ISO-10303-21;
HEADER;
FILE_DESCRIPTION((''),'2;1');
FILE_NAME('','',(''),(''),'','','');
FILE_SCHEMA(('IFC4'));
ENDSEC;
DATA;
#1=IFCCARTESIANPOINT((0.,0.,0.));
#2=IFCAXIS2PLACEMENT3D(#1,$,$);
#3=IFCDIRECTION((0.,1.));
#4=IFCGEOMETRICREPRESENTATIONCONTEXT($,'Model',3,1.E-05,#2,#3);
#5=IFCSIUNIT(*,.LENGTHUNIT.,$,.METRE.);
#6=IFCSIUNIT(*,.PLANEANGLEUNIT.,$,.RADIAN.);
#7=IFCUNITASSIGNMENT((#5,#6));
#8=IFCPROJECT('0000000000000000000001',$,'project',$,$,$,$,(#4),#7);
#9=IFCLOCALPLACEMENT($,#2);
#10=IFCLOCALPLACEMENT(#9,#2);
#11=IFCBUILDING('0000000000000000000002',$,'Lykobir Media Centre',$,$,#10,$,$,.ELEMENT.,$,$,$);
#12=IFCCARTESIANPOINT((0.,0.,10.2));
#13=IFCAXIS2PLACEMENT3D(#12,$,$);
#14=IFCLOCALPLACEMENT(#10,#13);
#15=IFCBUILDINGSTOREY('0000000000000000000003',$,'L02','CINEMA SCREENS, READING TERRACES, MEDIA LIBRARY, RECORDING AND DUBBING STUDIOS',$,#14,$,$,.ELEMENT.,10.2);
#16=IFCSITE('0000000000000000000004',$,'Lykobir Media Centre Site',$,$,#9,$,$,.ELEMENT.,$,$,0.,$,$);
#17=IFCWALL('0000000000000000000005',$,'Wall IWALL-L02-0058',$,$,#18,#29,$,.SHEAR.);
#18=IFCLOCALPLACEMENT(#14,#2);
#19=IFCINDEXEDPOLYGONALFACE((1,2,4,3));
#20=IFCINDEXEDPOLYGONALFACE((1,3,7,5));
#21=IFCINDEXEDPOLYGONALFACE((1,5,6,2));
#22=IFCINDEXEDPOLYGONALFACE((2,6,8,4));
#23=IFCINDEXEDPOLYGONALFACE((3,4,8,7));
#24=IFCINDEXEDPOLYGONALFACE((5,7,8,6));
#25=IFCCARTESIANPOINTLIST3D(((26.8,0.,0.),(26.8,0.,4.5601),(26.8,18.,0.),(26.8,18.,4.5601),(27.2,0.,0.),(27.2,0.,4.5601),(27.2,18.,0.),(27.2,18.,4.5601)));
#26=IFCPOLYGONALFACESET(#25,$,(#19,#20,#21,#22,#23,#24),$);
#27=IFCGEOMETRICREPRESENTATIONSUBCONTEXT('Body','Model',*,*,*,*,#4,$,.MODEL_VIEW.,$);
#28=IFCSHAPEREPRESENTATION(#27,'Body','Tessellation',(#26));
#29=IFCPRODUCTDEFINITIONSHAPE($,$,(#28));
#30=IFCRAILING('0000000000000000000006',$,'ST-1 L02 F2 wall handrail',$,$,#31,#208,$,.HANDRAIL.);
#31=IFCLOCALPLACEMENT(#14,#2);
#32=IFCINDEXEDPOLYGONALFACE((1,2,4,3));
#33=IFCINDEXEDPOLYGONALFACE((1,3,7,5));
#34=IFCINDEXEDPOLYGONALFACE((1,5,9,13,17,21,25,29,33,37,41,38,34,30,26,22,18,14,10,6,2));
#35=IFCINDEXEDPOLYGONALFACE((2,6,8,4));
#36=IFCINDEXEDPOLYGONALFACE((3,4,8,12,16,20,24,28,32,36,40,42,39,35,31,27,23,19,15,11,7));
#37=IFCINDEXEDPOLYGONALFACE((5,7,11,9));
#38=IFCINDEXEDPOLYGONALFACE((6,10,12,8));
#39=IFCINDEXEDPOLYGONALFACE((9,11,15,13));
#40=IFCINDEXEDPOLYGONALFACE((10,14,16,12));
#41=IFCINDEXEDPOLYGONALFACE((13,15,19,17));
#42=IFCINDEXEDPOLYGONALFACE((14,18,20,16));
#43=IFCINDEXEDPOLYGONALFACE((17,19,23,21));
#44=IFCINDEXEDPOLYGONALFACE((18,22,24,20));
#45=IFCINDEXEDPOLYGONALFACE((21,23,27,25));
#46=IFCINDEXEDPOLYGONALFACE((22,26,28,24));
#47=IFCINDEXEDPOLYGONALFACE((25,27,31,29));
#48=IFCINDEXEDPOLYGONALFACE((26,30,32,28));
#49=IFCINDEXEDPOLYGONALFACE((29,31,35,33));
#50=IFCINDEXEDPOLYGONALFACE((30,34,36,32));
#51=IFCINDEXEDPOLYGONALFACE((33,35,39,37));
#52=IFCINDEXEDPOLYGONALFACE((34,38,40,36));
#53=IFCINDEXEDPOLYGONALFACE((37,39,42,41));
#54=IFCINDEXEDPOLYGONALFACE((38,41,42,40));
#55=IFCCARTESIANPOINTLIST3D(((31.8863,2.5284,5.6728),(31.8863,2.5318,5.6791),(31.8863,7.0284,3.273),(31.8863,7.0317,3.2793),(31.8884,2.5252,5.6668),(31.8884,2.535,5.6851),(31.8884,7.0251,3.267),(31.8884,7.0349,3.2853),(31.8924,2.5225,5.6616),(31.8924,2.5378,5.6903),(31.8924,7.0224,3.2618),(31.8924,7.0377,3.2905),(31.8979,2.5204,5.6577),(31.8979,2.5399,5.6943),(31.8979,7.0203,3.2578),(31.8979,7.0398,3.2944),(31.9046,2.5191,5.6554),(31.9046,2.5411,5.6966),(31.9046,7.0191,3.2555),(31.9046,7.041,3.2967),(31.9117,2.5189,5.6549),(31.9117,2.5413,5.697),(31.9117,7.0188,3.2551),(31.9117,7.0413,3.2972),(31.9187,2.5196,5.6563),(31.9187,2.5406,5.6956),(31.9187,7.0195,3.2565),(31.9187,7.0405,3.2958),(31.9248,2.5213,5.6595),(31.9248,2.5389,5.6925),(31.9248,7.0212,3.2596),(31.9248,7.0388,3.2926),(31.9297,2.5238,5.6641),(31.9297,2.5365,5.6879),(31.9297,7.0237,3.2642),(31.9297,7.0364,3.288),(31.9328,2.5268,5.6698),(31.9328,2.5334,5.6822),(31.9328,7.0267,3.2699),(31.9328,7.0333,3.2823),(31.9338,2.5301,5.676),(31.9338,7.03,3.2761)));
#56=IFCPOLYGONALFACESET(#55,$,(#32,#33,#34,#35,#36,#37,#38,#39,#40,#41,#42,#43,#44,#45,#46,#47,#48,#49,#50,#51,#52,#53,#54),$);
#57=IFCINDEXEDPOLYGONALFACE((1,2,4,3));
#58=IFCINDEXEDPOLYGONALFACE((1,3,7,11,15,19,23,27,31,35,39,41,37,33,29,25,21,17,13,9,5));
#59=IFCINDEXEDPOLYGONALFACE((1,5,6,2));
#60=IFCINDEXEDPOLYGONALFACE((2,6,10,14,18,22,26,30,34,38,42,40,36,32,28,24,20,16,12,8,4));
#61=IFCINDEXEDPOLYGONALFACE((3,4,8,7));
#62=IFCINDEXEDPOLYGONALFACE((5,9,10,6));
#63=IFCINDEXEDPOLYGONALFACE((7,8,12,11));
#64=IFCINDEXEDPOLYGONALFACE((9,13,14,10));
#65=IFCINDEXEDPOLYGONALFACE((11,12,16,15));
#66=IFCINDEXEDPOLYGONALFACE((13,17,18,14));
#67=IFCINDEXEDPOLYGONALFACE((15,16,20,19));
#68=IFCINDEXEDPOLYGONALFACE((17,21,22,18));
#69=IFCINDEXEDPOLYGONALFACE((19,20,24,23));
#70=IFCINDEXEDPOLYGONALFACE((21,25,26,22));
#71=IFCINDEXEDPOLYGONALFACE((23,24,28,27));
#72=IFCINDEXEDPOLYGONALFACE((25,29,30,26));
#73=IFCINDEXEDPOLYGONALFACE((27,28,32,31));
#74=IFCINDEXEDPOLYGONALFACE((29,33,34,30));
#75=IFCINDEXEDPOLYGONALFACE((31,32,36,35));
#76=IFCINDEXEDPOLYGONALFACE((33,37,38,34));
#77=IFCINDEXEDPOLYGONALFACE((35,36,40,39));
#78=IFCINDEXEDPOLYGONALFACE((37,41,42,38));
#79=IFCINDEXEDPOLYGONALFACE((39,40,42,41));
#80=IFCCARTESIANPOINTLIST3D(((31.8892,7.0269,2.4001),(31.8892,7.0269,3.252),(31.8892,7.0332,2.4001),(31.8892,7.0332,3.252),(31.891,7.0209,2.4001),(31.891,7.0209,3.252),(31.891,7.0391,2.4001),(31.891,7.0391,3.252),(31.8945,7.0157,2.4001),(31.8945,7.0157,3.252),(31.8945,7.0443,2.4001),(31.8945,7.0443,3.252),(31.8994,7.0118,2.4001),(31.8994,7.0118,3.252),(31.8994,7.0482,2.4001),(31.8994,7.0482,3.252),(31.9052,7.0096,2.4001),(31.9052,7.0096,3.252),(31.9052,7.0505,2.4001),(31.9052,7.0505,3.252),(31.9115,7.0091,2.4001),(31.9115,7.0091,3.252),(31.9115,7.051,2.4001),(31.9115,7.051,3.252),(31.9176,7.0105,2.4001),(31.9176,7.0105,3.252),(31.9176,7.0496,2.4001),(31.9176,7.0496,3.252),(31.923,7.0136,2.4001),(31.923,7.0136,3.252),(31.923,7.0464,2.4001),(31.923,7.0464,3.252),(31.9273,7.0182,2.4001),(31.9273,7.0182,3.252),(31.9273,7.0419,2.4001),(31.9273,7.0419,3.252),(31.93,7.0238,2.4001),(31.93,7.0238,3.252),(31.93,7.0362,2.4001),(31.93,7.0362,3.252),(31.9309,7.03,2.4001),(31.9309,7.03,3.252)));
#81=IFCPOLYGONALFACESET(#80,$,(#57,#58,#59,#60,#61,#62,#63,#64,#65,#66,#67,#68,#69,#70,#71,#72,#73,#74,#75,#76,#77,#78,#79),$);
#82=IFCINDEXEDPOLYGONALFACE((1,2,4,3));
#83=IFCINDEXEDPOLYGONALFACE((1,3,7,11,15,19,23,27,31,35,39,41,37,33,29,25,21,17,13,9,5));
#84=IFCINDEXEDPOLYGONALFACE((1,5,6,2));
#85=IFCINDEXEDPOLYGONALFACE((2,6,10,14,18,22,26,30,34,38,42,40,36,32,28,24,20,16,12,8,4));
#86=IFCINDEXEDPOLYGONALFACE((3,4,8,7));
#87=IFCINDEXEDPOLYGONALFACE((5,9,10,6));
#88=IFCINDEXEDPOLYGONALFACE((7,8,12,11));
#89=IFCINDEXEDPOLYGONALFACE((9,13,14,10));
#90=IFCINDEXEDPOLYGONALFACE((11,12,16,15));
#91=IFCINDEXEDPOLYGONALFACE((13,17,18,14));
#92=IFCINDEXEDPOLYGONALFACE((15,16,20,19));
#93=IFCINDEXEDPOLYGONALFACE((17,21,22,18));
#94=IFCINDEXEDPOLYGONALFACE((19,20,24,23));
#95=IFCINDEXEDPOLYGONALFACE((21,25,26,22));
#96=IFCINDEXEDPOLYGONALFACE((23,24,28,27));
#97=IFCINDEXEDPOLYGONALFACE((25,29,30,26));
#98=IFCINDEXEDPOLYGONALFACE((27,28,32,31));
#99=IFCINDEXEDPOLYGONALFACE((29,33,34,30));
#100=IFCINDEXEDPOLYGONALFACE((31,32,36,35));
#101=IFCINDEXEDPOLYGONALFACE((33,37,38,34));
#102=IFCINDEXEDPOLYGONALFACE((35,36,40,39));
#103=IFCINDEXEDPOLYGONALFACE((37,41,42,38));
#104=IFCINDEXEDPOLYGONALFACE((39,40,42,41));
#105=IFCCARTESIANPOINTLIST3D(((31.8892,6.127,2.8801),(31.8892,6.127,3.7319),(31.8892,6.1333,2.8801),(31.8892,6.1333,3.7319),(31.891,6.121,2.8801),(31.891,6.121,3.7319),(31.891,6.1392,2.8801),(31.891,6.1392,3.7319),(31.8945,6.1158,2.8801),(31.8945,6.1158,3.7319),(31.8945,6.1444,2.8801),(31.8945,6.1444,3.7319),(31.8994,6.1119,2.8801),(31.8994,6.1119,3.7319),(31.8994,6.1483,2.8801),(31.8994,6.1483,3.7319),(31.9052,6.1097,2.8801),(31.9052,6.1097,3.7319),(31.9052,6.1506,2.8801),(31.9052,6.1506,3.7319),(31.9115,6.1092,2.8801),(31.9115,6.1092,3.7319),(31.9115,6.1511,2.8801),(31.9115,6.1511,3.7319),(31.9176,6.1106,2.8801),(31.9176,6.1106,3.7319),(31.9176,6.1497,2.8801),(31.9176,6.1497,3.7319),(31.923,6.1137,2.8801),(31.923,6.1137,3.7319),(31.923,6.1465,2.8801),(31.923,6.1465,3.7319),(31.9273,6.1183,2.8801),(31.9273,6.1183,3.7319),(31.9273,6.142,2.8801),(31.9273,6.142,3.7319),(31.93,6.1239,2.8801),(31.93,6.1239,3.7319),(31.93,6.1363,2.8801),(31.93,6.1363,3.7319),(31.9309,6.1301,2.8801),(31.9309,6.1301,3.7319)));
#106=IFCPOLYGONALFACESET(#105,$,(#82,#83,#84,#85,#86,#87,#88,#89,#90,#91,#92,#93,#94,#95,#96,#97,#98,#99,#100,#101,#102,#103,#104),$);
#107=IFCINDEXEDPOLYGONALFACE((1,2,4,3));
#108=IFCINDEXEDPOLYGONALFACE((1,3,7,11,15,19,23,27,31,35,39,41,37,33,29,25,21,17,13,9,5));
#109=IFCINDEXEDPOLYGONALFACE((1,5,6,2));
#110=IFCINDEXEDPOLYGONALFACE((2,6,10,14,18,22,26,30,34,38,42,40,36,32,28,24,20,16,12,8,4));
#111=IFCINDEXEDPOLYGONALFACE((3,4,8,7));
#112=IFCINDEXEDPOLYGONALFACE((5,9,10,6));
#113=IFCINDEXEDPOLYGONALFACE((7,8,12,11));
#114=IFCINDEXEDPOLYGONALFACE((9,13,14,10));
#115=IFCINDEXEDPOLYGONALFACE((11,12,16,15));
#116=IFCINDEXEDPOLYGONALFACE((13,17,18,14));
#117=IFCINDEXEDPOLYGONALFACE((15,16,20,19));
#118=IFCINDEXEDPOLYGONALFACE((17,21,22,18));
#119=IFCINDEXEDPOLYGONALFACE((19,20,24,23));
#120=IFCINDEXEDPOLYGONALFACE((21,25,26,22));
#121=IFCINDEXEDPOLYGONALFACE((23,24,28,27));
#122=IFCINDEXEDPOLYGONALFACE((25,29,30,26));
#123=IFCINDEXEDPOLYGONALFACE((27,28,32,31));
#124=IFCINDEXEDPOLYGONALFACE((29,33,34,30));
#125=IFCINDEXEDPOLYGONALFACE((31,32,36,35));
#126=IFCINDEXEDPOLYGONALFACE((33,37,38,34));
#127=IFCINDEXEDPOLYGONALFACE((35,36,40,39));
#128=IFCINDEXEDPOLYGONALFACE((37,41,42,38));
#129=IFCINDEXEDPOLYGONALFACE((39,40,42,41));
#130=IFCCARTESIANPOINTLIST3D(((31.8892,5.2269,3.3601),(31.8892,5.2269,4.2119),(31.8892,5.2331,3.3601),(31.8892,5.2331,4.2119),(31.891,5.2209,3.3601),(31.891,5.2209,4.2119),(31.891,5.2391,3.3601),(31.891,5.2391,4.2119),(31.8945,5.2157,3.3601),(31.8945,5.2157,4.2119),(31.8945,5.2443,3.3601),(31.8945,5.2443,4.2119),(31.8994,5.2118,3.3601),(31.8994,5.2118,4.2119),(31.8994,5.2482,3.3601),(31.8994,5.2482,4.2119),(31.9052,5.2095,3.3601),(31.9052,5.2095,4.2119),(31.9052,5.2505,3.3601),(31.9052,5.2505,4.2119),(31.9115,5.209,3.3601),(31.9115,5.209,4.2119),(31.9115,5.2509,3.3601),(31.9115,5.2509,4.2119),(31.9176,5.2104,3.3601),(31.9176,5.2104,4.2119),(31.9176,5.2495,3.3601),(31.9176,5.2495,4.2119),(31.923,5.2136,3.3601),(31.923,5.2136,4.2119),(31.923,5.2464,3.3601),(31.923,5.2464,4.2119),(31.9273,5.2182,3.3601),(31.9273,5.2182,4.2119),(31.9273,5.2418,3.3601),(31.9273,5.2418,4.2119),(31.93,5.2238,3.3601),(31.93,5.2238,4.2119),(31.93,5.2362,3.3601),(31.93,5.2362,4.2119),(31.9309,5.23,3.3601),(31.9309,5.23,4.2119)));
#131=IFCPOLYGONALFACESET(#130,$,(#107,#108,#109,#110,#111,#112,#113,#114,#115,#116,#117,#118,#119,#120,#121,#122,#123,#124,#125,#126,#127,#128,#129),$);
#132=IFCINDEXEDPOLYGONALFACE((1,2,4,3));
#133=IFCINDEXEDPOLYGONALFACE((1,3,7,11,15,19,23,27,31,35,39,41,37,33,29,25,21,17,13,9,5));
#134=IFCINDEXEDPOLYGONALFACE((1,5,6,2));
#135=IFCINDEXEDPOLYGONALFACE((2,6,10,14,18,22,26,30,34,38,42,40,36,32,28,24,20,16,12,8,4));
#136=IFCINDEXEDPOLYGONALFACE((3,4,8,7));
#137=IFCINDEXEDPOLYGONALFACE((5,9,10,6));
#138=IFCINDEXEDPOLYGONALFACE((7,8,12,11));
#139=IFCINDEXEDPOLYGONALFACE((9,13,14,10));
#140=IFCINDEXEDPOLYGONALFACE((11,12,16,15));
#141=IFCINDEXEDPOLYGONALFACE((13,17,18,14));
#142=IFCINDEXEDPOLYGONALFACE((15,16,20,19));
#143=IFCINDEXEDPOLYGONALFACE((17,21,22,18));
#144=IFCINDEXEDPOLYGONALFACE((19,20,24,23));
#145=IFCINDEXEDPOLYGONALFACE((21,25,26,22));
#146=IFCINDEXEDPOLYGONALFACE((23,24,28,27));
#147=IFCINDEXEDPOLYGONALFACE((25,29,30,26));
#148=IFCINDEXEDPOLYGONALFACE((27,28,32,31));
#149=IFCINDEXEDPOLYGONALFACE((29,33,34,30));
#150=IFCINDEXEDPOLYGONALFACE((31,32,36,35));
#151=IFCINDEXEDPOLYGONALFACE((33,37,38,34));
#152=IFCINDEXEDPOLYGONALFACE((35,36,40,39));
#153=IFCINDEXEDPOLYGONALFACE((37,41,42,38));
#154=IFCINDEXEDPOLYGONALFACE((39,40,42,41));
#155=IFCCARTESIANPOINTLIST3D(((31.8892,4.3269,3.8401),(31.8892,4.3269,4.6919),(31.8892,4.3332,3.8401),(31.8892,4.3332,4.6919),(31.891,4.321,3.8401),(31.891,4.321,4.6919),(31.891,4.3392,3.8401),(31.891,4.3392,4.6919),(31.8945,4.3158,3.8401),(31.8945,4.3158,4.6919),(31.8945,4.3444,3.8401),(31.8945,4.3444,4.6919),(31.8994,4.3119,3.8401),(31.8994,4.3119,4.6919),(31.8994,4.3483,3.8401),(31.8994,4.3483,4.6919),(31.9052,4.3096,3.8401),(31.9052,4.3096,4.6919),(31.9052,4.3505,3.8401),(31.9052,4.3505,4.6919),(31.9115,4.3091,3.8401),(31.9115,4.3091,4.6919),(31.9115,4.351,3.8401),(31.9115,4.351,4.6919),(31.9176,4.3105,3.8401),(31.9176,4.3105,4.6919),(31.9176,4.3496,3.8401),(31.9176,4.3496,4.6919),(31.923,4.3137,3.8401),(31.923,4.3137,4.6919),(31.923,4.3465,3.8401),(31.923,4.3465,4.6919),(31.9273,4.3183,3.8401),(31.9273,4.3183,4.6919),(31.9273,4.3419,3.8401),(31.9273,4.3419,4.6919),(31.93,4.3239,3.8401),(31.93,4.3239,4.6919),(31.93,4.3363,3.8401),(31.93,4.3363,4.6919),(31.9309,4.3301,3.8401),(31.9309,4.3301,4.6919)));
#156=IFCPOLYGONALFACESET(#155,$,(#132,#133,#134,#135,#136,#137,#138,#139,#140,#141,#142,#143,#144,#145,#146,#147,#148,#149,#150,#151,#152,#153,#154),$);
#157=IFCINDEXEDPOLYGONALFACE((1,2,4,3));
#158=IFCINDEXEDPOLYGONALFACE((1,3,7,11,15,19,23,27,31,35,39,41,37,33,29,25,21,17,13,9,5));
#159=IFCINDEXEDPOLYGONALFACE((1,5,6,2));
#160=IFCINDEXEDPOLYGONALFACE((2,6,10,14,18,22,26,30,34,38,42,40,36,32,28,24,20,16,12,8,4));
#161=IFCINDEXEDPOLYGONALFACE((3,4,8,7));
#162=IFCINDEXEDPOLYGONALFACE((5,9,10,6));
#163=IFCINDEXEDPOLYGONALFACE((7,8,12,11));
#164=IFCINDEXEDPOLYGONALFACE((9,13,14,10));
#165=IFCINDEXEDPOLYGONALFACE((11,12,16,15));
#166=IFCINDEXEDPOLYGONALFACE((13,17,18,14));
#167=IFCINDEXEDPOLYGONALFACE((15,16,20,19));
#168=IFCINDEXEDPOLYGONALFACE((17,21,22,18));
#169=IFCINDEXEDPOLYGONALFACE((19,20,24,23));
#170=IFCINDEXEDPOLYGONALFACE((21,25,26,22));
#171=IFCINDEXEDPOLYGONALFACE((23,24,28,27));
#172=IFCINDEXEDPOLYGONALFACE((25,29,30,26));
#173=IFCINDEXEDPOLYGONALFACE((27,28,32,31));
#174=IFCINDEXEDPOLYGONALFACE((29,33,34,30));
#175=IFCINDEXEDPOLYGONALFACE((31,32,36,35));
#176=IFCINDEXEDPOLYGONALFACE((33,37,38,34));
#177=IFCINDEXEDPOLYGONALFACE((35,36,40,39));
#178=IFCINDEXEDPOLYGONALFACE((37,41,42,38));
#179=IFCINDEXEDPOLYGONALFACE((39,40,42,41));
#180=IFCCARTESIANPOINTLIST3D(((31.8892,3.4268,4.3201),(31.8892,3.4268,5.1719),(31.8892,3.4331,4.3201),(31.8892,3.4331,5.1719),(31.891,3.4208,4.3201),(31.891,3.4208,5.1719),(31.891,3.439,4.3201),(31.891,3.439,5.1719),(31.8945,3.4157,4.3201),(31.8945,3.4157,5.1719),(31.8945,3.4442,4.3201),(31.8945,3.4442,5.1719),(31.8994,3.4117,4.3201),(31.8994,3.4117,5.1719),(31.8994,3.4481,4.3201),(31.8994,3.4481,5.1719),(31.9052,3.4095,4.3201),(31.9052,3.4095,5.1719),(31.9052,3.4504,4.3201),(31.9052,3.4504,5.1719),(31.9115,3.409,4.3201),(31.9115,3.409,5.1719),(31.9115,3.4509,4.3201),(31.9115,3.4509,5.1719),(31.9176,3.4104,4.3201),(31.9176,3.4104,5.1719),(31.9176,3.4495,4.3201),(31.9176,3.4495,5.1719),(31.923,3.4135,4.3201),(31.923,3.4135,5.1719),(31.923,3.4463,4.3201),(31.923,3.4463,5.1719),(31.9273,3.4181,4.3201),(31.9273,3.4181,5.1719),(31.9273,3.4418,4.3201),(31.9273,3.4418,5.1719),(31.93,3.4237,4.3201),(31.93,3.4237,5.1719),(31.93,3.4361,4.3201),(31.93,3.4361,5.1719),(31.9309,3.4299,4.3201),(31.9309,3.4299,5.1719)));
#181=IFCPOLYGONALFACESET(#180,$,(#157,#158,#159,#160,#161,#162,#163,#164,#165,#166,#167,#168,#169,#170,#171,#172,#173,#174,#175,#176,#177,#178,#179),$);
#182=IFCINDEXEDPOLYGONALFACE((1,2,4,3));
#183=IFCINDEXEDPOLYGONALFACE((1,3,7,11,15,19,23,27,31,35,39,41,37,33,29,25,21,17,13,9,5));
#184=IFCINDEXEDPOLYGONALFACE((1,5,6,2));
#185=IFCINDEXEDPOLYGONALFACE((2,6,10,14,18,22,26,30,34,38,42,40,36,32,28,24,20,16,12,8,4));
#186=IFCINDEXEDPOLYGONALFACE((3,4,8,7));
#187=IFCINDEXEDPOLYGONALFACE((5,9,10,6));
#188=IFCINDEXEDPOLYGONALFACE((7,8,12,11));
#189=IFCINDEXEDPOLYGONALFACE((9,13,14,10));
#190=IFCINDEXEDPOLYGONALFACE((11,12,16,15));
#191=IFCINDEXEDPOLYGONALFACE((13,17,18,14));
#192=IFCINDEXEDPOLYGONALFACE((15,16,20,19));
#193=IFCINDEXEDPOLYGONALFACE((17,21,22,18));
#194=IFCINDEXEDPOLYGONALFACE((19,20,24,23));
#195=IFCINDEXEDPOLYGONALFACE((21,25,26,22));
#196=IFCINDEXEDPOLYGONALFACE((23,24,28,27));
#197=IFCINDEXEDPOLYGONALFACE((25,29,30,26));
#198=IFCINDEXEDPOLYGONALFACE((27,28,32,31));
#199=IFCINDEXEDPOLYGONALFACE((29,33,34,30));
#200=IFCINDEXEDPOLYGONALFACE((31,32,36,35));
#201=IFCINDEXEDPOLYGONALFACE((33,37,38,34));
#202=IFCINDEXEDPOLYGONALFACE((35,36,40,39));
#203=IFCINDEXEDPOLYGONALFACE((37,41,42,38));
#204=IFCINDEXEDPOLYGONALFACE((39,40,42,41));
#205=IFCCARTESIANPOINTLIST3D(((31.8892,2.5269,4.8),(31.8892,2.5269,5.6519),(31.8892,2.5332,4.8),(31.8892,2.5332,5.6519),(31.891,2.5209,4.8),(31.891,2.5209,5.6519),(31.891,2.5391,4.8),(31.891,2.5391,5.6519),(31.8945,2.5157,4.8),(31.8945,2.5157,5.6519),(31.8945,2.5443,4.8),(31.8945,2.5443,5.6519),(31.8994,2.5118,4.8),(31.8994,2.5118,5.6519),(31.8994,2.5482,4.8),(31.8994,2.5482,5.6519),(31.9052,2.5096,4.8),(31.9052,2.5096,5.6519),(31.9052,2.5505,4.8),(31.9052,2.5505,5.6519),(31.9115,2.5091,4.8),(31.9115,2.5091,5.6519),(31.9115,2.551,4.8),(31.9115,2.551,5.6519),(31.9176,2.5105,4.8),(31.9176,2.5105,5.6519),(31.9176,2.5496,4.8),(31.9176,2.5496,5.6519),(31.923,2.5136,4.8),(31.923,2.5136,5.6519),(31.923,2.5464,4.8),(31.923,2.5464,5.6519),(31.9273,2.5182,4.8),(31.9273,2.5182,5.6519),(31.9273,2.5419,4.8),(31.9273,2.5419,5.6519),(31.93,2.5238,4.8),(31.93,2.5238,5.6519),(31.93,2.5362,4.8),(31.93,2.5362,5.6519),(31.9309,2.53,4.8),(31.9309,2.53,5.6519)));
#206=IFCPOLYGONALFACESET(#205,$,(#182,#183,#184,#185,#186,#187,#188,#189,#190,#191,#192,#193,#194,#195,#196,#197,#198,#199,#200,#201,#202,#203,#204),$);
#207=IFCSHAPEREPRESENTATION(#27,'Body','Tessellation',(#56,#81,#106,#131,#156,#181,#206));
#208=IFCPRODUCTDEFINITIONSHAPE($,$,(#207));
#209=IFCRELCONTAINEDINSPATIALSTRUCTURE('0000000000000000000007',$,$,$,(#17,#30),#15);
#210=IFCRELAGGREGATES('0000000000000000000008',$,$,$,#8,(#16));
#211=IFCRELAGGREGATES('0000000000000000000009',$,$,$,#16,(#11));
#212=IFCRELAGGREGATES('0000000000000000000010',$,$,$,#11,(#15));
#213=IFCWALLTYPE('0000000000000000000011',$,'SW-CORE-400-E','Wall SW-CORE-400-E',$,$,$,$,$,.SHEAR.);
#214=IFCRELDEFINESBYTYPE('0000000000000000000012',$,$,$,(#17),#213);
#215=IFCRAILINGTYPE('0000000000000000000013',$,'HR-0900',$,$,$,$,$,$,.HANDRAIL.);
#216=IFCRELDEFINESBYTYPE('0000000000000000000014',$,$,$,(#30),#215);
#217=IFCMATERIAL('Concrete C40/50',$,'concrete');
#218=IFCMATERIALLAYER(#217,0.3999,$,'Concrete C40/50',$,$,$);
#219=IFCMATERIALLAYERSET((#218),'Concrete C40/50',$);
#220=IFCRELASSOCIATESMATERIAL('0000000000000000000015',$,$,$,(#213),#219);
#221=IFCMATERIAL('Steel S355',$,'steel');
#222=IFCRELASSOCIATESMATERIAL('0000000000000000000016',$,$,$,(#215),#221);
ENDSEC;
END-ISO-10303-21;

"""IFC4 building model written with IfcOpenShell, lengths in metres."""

from ifc_helpers import new_model, si_unit, direction, frame, frame_2d, origin, origin_2d, place, context, subcontext, project, spatial, rectangle, circle, extrude, material, layer, layer_set, type_object, element, save


model = new_model("IFC4")

# Units and contexts
model_context = context("Model", 3, precision=1e-05, world=origin(), true_north=direction((0.0, 1.0)))
body_context = subcontext(model_context, "Body", "Model", "MODEL_VIEW")
ifc_project = project(units=[si_unit("LENGTHUNIT", "METRE"), si_unit("PLANEANGLEUNIT", "RADIAN")], contexts=[model_context])

# Site, building, storey
site_placement = place(None, origin())
site = spatial("IfcSite", under=ifc_project, at=site_placement, Name="Lykobir Media Centre Site", CompositionType="ELEMENT", RefElevation=0.0)
building_placement = place(site_placement, origin())
building = spatial("IfcBuilding", under=site, at=building_placement, Name="Lykobir Media Centre", CompositionType="ELEMENT")
storey_placement = place(building_placement, frame((0.0, 0.0, 10.2)))
storey = spatial("IfcBuildingStorey", under=building, at=storey_placement, Name="L02", Description="CINEMA SCREENS, READING TERRACES, MEDIA LIBRARY, RECORDING AND DUBBING STUDIOS", CompositionType="ELEMENT", Elevation=10.2)

# Shared definitions
ifc_material_1 = material(Name="Concrete C40/50", Category="concrete")
ifc_material_2 = material(Name="Steel S355", Category="steel")

# Wall
ifc_layer_1 = layer(ifc_material_1, 0.3999, Name="Concrete C40/50")
ifc_layer_set_1 = layer_set([ifc_layer_1], Name="Concrete C40/50")
wall_type_1 = type_object("IfcWallType", Name="SW-CORE-400-E", Description="Wall SW-CORE-400-E", PredefinedType="SHEAR", material=ifc_layer_set_1)
wall_1_placement = place(storey_placement, frame((27.0, 18.0, 0.0), z_axis=(0.0, 0.0, 1.0), x_axis=(0.0, -1.0, 0.0)))
element("IfcWall", 1, at=wall_1_placement, inside=storey, type_object=wall_type_1, Name="Wall IWALL-L02-0058", PredefinedType="SHEAR", context=body_context, shape_type="SweptSolid", body=[
    extrude(rectangle(XDim=18.0, YDim=0.3999, at=frame_2d((9.0, 0.0))), origin(), (0.0, 0.0, 1.0), 4.5601),
])

# Railing
railing_type = type_object("IfcRailingType", Name="HR-0900", PredefinedType="HANDRAIL", material=ifc_material_2)
railing_placement = place(storey_placement, frame((31.9099, 7.03, 2.4001)))
element("IfcRailing", 2, at=railing_placement, inside=storey, type_object=railing_type, Name="ST-1 L02 F2 wall handrail", PredefinedType="HANDRAIL", context=body_context, shape_type="SweptSolid", body=[
    extrude(circle(Radius=0.0239, at=origin_2d()), frame((0.0, 0.0, 0.876), z_axis=(0.0, -0.882361, 0.470573), x_axis=(1.0, 0.0, 0.0)), (0.0, 0.0, 1.0), 5.0999),
    extrude(circle(Radius=0.021, at=origin_2d()), origin(), (0.0, 0.0, 1.0), 0.8518),
    extrude(circle(Radius=0.021, at=origin_2d()), frame((0.0, -0.8999, 0.48)), (0.0, 0.0, 1.0), 0.8518),
    extrude(circle(Radius=0.021, at=origin_2d()), frame((0.0, -1.8, 0.96)), (0.0, 0.0, 1.0), 0.8518),
    extrude(circle(Radius=0.021, at=origin_2d()), frame((0.0, -2.7, 1.4399)), (0.0, 0.0, 1.0), 0.8518),
    extrude(circle(Radius=0.021, at=origin_2d()), frame((0.0, -3.6001, 1.9199)), (0.0, 0.0, 1.0), 0.8518),
    extrude(circle(Radius=0.021, at=origin_2d()), frame((0.0, -4.5, 2.3999)), (0.0, 0.0, 1.0), 0.8518),
])

save(model, "model.ifc")
